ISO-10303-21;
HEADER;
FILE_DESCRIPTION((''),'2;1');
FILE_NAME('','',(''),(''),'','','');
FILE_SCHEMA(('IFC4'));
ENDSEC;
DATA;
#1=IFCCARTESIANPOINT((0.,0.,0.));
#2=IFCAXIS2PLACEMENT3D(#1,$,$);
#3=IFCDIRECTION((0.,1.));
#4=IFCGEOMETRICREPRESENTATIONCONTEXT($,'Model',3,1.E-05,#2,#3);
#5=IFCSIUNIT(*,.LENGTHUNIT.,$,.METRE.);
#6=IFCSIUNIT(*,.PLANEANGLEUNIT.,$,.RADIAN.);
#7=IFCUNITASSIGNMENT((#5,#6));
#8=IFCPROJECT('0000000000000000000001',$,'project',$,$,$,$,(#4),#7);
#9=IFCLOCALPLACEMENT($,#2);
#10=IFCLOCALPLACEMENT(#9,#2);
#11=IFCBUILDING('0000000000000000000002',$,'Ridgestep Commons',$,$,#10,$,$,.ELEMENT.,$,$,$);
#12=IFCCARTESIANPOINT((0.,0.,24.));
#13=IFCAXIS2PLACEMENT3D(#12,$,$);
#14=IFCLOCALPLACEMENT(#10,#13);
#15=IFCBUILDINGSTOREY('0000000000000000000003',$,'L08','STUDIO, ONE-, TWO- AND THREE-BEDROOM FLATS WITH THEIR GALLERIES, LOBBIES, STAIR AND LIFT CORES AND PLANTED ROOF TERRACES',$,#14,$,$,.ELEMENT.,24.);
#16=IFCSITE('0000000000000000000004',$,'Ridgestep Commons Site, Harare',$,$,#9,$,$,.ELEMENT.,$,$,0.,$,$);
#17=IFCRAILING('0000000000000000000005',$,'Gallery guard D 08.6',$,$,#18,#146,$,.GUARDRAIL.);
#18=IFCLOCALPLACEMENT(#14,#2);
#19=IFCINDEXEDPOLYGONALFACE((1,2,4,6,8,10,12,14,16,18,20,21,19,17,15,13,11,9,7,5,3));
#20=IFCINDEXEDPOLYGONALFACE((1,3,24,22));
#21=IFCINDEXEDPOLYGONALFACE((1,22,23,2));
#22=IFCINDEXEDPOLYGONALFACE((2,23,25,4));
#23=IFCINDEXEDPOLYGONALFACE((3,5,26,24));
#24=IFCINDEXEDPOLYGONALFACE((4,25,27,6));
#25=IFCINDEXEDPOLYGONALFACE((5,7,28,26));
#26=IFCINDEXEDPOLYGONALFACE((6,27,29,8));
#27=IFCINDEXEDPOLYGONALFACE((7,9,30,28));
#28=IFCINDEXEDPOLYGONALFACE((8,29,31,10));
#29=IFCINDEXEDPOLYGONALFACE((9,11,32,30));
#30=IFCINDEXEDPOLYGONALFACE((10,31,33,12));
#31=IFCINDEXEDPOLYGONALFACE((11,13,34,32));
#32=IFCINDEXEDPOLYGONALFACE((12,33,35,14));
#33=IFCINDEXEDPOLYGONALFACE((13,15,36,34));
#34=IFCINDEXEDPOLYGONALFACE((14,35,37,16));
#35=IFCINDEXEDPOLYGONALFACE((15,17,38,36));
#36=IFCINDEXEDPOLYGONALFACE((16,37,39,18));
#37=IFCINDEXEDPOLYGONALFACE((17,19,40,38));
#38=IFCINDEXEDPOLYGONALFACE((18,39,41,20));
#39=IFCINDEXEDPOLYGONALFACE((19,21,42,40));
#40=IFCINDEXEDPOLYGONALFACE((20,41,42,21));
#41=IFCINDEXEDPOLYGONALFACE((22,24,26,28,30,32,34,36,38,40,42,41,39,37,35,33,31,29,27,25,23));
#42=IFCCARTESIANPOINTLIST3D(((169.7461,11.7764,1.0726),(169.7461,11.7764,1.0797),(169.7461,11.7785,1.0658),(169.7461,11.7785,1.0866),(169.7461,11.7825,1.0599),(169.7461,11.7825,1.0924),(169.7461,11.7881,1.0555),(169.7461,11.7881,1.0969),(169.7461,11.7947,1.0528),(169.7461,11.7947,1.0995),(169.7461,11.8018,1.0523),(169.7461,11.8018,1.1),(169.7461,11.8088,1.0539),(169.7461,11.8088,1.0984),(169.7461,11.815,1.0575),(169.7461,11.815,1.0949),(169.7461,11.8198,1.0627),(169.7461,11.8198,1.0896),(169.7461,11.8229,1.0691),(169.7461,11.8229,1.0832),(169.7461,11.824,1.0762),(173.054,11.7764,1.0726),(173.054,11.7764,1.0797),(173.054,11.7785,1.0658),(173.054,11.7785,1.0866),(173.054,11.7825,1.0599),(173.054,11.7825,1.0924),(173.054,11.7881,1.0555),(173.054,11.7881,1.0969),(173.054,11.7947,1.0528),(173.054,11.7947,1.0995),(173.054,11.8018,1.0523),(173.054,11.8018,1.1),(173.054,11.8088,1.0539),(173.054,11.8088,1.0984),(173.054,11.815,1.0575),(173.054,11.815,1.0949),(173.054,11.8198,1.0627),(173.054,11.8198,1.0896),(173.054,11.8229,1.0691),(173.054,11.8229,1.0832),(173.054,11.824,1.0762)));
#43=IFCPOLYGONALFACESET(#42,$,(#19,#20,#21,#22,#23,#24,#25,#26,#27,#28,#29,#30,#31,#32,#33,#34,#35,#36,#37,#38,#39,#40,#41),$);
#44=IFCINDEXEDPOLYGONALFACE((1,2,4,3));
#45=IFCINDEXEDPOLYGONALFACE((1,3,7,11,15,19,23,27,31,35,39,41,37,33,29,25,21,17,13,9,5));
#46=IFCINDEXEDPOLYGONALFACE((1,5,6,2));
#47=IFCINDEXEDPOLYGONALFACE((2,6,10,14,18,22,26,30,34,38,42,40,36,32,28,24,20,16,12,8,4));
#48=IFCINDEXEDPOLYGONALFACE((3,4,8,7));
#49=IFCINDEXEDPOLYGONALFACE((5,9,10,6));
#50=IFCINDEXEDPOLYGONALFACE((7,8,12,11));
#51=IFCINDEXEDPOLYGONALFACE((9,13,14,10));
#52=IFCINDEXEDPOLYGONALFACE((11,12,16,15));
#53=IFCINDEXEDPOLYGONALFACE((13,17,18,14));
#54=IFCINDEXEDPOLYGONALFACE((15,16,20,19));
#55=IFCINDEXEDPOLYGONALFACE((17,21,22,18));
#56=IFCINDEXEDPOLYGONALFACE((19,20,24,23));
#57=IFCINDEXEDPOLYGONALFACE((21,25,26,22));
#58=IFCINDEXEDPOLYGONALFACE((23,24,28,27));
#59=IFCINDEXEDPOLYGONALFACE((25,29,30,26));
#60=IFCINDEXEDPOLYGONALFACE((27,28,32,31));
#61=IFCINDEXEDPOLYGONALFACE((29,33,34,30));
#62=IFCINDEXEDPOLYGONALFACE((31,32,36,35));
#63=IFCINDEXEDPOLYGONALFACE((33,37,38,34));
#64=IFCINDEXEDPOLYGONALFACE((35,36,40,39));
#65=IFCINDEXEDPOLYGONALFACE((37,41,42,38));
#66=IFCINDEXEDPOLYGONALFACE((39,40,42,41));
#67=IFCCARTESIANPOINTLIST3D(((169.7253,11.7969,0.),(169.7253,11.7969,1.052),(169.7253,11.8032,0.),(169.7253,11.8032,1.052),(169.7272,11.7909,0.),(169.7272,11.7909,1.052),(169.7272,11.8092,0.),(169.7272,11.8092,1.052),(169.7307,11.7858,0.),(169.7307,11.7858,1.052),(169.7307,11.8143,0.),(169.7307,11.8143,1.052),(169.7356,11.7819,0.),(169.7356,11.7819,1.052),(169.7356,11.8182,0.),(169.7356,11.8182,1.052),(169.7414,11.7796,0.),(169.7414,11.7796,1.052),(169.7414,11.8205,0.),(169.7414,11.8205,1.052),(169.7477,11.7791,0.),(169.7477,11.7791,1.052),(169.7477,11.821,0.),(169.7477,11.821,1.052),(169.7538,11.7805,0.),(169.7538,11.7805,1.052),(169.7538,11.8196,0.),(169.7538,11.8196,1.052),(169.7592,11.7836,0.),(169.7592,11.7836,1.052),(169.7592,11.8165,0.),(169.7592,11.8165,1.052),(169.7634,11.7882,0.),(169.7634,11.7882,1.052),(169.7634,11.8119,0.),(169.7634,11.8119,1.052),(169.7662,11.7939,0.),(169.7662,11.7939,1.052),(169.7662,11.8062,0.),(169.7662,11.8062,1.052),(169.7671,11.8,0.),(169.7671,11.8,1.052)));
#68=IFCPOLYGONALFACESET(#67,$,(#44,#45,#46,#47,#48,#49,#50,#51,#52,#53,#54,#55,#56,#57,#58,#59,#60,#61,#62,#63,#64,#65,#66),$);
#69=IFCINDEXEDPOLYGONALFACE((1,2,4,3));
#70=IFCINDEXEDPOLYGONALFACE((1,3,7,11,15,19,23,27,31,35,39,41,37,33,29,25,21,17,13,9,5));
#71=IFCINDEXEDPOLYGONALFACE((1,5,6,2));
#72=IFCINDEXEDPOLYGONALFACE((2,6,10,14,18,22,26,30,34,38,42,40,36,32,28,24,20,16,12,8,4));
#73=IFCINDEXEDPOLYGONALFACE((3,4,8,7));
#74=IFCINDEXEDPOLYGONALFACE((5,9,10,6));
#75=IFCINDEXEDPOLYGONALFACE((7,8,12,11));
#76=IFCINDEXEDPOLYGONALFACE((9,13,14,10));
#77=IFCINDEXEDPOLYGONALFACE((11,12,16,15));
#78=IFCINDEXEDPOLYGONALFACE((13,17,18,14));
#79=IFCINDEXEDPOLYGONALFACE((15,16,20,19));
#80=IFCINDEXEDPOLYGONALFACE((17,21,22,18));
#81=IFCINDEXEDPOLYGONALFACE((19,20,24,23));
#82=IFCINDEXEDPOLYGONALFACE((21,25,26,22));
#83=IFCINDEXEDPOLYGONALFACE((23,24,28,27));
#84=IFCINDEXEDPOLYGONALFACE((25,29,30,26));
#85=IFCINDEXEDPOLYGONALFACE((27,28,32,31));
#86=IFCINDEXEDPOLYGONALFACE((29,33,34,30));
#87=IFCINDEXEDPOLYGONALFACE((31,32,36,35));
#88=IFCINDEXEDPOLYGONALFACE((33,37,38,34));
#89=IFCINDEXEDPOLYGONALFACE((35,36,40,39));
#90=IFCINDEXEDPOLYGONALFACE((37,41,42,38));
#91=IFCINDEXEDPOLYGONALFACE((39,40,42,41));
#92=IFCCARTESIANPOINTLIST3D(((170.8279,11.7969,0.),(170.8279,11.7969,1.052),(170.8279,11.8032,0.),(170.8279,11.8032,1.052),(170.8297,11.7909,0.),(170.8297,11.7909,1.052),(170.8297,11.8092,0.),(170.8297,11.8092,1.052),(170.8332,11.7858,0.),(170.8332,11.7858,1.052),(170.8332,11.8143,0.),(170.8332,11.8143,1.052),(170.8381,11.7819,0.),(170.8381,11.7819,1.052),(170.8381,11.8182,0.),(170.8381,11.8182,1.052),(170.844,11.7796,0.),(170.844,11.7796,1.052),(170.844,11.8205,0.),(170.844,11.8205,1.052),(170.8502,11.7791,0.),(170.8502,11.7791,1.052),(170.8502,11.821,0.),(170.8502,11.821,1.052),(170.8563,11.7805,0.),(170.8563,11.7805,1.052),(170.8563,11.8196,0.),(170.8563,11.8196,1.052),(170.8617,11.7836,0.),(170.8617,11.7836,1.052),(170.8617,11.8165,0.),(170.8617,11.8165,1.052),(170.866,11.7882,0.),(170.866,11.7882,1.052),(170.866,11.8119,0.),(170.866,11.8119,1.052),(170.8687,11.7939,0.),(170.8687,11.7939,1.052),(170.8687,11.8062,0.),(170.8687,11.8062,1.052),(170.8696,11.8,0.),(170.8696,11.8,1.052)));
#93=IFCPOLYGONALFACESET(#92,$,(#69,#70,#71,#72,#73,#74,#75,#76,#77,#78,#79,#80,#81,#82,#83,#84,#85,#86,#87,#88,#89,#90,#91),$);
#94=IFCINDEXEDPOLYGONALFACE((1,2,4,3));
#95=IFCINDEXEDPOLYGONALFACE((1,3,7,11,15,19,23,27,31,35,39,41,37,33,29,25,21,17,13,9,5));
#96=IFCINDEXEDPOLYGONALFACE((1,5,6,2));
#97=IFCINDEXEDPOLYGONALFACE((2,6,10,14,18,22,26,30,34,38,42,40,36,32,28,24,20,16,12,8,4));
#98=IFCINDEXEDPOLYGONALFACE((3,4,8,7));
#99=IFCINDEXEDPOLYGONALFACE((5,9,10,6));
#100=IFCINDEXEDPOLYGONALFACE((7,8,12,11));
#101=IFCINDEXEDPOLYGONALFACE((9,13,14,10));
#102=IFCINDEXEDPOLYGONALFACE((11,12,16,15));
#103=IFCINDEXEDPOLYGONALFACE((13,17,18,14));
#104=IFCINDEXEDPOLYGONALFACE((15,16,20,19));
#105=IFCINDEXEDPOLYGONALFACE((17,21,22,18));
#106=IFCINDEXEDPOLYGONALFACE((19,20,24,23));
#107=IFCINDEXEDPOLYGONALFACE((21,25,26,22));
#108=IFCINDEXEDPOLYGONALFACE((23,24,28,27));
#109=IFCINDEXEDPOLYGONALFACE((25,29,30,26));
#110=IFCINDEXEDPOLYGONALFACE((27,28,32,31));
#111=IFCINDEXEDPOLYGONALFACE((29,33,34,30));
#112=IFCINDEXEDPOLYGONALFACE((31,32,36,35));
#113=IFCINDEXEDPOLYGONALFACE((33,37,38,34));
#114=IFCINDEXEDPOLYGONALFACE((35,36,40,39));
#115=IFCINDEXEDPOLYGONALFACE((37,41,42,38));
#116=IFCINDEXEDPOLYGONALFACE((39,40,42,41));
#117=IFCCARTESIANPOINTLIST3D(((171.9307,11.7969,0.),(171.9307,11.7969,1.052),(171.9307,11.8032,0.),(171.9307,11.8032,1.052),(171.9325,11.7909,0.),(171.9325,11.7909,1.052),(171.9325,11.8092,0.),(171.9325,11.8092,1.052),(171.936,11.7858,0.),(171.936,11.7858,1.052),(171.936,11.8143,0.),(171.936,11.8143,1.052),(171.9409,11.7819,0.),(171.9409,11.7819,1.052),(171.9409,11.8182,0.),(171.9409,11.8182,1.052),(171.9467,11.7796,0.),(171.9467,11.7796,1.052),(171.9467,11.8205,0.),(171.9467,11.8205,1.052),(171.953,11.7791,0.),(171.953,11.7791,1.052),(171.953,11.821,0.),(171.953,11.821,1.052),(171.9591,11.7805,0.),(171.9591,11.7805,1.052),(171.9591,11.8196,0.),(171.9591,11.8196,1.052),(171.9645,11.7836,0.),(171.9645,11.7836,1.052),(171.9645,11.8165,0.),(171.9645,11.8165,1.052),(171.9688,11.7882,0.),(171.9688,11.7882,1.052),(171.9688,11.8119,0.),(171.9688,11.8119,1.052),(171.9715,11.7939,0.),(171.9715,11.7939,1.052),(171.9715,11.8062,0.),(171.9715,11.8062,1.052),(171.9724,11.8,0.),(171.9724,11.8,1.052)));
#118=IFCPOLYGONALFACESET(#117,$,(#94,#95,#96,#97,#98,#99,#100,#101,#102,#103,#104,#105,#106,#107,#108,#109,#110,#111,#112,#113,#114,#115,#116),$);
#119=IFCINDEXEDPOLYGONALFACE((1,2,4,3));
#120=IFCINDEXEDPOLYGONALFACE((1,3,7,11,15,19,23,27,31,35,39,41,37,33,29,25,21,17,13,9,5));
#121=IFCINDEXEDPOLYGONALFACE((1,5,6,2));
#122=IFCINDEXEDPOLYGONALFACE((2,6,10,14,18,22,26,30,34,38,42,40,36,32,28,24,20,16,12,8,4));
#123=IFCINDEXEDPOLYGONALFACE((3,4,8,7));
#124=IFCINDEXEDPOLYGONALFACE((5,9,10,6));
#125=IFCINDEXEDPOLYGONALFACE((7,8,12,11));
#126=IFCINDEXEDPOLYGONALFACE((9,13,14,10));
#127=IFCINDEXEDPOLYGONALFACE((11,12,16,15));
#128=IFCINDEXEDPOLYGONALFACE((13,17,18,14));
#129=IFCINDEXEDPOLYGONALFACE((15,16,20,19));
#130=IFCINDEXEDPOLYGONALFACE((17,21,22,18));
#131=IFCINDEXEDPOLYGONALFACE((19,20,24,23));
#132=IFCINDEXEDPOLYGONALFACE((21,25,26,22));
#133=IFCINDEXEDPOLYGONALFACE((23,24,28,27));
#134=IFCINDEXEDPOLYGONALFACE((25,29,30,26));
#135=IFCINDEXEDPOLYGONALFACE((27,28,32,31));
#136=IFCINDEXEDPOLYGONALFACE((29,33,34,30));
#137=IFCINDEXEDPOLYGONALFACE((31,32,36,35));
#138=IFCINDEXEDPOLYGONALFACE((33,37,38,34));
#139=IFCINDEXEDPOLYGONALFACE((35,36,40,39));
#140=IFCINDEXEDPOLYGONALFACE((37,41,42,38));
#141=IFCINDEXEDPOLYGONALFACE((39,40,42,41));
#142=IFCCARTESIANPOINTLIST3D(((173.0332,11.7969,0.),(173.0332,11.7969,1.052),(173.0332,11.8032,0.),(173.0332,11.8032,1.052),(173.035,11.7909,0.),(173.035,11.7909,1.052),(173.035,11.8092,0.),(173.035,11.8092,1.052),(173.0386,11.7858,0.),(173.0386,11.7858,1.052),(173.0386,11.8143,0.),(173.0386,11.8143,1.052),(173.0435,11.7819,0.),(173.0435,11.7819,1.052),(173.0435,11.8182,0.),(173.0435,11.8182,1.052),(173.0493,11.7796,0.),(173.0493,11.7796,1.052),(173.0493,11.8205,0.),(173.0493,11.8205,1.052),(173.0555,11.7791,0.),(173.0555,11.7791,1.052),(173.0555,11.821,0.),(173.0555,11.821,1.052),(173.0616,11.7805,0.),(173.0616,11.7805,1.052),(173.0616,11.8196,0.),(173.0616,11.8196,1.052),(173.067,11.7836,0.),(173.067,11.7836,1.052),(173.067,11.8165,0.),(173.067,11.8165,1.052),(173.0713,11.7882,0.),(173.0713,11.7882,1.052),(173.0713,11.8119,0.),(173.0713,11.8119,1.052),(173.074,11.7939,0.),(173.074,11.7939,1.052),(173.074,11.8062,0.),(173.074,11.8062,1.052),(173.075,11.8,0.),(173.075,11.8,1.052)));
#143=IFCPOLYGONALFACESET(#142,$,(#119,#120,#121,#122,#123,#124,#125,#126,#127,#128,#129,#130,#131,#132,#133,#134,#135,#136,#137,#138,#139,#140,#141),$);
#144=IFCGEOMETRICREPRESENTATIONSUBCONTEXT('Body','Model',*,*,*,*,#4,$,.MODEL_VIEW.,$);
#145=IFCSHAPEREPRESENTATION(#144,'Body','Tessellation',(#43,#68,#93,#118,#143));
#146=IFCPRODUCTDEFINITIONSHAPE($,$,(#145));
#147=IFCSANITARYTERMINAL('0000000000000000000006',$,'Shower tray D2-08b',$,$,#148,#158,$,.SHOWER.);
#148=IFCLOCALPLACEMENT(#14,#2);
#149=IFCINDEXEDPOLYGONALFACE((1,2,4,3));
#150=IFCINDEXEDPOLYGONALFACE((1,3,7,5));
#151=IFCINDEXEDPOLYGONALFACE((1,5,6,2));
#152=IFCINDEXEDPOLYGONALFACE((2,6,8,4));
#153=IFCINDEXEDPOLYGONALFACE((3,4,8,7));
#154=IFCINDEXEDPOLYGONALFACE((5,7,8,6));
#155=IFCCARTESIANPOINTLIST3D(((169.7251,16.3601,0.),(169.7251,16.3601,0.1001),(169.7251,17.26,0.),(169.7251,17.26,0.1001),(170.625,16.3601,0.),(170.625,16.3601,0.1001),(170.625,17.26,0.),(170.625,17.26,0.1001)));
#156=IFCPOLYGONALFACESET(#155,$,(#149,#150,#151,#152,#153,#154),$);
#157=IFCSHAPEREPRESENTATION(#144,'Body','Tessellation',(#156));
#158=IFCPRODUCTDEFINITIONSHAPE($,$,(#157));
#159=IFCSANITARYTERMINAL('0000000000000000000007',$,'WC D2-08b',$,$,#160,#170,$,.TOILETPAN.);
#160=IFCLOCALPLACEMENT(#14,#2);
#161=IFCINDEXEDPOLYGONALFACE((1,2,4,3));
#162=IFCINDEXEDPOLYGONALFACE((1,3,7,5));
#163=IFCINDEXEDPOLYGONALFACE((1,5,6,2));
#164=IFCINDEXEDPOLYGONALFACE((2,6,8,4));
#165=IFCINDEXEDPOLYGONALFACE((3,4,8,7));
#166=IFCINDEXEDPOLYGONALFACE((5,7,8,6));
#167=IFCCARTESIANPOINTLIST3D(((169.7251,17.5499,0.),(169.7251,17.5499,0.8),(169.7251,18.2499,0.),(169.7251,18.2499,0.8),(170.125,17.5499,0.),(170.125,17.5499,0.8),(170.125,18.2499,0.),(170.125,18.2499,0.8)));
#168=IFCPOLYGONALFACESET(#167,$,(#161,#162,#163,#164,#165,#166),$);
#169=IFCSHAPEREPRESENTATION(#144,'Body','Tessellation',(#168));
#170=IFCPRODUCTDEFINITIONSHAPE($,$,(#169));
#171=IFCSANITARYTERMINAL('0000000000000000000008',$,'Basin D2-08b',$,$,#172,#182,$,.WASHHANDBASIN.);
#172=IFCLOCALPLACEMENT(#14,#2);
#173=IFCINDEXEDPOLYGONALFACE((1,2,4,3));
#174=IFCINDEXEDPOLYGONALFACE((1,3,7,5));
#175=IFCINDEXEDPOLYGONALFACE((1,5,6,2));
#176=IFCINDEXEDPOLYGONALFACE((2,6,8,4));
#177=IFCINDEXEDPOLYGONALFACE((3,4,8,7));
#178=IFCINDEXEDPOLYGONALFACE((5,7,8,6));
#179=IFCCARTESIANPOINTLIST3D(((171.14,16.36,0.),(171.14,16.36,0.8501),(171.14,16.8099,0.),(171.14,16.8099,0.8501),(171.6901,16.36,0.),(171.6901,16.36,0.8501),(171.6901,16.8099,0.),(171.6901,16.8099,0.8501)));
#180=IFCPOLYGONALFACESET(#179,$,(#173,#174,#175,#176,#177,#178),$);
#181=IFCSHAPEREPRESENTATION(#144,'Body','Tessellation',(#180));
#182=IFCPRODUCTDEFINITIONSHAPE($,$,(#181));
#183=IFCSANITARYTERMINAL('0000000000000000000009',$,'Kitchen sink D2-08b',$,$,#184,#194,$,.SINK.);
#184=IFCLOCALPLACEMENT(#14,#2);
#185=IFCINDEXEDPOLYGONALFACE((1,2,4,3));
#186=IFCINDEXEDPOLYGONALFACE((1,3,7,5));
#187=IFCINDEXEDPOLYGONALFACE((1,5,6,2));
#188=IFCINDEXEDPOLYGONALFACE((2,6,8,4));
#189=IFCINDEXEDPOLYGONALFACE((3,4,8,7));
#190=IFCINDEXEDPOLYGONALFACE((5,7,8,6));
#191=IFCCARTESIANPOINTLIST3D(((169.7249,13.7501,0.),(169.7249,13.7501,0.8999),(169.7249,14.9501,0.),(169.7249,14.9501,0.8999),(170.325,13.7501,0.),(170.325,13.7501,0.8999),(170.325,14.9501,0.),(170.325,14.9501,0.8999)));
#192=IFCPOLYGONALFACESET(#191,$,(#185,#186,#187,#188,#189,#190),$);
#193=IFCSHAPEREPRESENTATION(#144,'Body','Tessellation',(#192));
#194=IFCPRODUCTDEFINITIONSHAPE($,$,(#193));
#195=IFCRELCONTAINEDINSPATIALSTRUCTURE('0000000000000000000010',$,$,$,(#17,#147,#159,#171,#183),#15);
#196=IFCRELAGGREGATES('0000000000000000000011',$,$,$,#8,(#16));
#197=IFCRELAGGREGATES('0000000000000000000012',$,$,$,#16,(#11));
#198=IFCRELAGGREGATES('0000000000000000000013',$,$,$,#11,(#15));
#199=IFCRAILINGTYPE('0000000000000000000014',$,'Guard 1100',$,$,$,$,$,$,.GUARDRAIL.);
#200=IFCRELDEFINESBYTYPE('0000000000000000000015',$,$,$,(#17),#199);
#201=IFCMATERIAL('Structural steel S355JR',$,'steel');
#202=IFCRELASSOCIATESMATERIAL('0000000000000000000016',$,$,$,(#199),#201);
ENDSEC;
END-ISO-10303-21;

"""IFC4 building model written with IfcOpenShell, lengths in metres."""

from ifc_helpers import new_model, si_unit, direction, frame, origin, origin_2d, place, context, subcontext, project, spatial, rectangle, circle, extrude, material, type_object, element, save


model = new_model("IFC4")

# Units and contexts
model_context = context("Model", 3, precision=1e-05, world=origin(), true_north=direction((0.0, 1.0)))
body_context = subcontext(model_context, "Body", "Model", "MODEL_VIEW")
ifc_project = project(units=[si_unit("LENGTHUNIT", "METRE"), si_unit("PLANEANGLEUNIT", "RADIAN")], contexts=[model_context])

# Site, building, storey
site_placement = place(None, origin())
site = spatial("IfcSite", under=ifc_project, at=site_placement, Name="Ridgestep Commons Site, Harare", CompositionType="ELEMENT", RefElevation=0.0)
building_placement = place(site_placement, origin())
building = spatial("IfcBuilding", under=site, at=building_placement, Name="Ridgestep Commons", CompositionType="ELEMENT")
storey_placement = place(building_placement, frame((0.0, 0.0, 24.0)))
storey = spatial("IfcBuildingStorey", under=building, at=storey_placement, Name="L08", Description="STUDIO, ONE-, TWO- AND THREE-BEDROOM FLATS WITH THEIR GALLERIES, LOBBIES, STAIR AND LIFT CORES AND PLANTED ROOF TERRACES", CompositionType="ELEMENT", Elevation=24.0)

# Railing
ifc_material_1 = material(Name="Structural steel S355JR", Category="steel")
railing_type = type_object("IfcRailingType", Name="Guard 1100", PredefinedType="GUARDRAIL", material=ifc_material_1)
railing_placement = place(storey_placement, frame((169.7461, 11.8, 0.0)))
element("IfcRailing", 1, at=railing_placement, inside=storey, type_object=railing_type, Name="Gallery guard D 08.6", PredefinedType="GUARDRAIL", context=body_context, shape_type="SweptSolid", body=[
    extrude(circle(Radius=0.0239, at=origin_2d()), frame((0.0, 0.0, 1.0762), z_axis=(1.0, 0.0, 0.0), x_axis=(0.0, 1.0, 0.0)), (0.0, 0.0, 1.0), 3.3079),
    extrude(circle(Radius=0.021, at=origin_2d()), origin(), (0.0, 0.0, 1.0), 1.052),
    extrude(circle(Radius=0.021, at=origin_2d()), frame((1.1025, 0.0, 0.0)), (0.0, 0.0, 1.0), 1.052),
    extrude(circle(Radius=0.021, at=origin_2d()), frame((2.2053, 0.0, 0.0)), (0.0, 0.0, 1.0), 1.052),
    extrude(circle(Radius=0.021, at=origin_2d()), frame((3.3079, 0.0, 0.0)), (0.0, 0.0, 1.0), 1.052),
])

# Sanitary terminals
sanitary_terminal_1_placement = place(storey_placement, frame((170.175, 16.8101, 0.0), z_axis=(0.0, 0.0, 1.0), x_axis=(1.0, 0.0, 0.0)))
element("IfcSanitaryTerminal", 2, at=sanitary_terminal_1_placement, inside=storey, Name="Shower tray D2-08b", PredefinedType="SHOWER", context=body_context, shape_type="SweptSolid", body=[
    extrude(rectangle(XDim=0.8999, YDim=0.8999, at=origin_2d()), origin(), (0.0, 0.0, 1.0), 0.1001),
])
sanitary_terminal_2_placement = place(storey_placement, frame((169.925, 17.8999, 0.0), z_axis=(0.0, 0.0, 1.0), x_axis=(1.0, 0.0, 0.0)))
element("IfcSanitaryTerminal", 3, at=sanitary_terminal_2_placement, inside=storey, Name="WC D2-08b", PredefinedType="TOILETPAN", context=body_context, shape_type="SweptSolid", body=[
    extrude(rectangle(XDim=0.3999, YDim=0.7, at=origin_2d()), origin(), (0.0, 0.0, 1.0), 0.8),
])
sanitary_terminal_3_placement = place(storey_placement, frame((171.415, 16.585, 0.0), z_axis=(0.0, 0.0, 1.0), x_axis=(1.0, 0.0, 0.0)))
element("IfcSanitaryTerminal", 4, at=sanitary_terminal_3_placement, inside=storey, Name="Basin D2-08b", PredefinedType="WASHHANDBASIN", context=body_context, shape_type="SweptSolid", body=[
    extrude(rectangle(XDim=0.55, YDim=0.45, at=origin_2d()), origin(), (0.0, 0.0, 1.0), 0.8501),
])
sanitary_terminal_4_placement = place(storey_placement, frame((170.0249, 14.3501, 0.0), z_axis=(0.0, 0.0, 1.0), x_axis=(1.0, 0.0, 0.0)))
element("IfcSanitaryTerminal", 5, at=sanitary_terminal_4_placement, inside=storey, Name="Kitchen sink D2-08b", PredefinedType="SINK", context=body_context, shape_type="SweptSolid", body=[
    extrude(rectangle(XDim=0.6001, YDim=1.2, at=origin_2d()), origin(), (0.0, 0.0, 1.0), 0.8999),
])

save(model, "model.ifc")
